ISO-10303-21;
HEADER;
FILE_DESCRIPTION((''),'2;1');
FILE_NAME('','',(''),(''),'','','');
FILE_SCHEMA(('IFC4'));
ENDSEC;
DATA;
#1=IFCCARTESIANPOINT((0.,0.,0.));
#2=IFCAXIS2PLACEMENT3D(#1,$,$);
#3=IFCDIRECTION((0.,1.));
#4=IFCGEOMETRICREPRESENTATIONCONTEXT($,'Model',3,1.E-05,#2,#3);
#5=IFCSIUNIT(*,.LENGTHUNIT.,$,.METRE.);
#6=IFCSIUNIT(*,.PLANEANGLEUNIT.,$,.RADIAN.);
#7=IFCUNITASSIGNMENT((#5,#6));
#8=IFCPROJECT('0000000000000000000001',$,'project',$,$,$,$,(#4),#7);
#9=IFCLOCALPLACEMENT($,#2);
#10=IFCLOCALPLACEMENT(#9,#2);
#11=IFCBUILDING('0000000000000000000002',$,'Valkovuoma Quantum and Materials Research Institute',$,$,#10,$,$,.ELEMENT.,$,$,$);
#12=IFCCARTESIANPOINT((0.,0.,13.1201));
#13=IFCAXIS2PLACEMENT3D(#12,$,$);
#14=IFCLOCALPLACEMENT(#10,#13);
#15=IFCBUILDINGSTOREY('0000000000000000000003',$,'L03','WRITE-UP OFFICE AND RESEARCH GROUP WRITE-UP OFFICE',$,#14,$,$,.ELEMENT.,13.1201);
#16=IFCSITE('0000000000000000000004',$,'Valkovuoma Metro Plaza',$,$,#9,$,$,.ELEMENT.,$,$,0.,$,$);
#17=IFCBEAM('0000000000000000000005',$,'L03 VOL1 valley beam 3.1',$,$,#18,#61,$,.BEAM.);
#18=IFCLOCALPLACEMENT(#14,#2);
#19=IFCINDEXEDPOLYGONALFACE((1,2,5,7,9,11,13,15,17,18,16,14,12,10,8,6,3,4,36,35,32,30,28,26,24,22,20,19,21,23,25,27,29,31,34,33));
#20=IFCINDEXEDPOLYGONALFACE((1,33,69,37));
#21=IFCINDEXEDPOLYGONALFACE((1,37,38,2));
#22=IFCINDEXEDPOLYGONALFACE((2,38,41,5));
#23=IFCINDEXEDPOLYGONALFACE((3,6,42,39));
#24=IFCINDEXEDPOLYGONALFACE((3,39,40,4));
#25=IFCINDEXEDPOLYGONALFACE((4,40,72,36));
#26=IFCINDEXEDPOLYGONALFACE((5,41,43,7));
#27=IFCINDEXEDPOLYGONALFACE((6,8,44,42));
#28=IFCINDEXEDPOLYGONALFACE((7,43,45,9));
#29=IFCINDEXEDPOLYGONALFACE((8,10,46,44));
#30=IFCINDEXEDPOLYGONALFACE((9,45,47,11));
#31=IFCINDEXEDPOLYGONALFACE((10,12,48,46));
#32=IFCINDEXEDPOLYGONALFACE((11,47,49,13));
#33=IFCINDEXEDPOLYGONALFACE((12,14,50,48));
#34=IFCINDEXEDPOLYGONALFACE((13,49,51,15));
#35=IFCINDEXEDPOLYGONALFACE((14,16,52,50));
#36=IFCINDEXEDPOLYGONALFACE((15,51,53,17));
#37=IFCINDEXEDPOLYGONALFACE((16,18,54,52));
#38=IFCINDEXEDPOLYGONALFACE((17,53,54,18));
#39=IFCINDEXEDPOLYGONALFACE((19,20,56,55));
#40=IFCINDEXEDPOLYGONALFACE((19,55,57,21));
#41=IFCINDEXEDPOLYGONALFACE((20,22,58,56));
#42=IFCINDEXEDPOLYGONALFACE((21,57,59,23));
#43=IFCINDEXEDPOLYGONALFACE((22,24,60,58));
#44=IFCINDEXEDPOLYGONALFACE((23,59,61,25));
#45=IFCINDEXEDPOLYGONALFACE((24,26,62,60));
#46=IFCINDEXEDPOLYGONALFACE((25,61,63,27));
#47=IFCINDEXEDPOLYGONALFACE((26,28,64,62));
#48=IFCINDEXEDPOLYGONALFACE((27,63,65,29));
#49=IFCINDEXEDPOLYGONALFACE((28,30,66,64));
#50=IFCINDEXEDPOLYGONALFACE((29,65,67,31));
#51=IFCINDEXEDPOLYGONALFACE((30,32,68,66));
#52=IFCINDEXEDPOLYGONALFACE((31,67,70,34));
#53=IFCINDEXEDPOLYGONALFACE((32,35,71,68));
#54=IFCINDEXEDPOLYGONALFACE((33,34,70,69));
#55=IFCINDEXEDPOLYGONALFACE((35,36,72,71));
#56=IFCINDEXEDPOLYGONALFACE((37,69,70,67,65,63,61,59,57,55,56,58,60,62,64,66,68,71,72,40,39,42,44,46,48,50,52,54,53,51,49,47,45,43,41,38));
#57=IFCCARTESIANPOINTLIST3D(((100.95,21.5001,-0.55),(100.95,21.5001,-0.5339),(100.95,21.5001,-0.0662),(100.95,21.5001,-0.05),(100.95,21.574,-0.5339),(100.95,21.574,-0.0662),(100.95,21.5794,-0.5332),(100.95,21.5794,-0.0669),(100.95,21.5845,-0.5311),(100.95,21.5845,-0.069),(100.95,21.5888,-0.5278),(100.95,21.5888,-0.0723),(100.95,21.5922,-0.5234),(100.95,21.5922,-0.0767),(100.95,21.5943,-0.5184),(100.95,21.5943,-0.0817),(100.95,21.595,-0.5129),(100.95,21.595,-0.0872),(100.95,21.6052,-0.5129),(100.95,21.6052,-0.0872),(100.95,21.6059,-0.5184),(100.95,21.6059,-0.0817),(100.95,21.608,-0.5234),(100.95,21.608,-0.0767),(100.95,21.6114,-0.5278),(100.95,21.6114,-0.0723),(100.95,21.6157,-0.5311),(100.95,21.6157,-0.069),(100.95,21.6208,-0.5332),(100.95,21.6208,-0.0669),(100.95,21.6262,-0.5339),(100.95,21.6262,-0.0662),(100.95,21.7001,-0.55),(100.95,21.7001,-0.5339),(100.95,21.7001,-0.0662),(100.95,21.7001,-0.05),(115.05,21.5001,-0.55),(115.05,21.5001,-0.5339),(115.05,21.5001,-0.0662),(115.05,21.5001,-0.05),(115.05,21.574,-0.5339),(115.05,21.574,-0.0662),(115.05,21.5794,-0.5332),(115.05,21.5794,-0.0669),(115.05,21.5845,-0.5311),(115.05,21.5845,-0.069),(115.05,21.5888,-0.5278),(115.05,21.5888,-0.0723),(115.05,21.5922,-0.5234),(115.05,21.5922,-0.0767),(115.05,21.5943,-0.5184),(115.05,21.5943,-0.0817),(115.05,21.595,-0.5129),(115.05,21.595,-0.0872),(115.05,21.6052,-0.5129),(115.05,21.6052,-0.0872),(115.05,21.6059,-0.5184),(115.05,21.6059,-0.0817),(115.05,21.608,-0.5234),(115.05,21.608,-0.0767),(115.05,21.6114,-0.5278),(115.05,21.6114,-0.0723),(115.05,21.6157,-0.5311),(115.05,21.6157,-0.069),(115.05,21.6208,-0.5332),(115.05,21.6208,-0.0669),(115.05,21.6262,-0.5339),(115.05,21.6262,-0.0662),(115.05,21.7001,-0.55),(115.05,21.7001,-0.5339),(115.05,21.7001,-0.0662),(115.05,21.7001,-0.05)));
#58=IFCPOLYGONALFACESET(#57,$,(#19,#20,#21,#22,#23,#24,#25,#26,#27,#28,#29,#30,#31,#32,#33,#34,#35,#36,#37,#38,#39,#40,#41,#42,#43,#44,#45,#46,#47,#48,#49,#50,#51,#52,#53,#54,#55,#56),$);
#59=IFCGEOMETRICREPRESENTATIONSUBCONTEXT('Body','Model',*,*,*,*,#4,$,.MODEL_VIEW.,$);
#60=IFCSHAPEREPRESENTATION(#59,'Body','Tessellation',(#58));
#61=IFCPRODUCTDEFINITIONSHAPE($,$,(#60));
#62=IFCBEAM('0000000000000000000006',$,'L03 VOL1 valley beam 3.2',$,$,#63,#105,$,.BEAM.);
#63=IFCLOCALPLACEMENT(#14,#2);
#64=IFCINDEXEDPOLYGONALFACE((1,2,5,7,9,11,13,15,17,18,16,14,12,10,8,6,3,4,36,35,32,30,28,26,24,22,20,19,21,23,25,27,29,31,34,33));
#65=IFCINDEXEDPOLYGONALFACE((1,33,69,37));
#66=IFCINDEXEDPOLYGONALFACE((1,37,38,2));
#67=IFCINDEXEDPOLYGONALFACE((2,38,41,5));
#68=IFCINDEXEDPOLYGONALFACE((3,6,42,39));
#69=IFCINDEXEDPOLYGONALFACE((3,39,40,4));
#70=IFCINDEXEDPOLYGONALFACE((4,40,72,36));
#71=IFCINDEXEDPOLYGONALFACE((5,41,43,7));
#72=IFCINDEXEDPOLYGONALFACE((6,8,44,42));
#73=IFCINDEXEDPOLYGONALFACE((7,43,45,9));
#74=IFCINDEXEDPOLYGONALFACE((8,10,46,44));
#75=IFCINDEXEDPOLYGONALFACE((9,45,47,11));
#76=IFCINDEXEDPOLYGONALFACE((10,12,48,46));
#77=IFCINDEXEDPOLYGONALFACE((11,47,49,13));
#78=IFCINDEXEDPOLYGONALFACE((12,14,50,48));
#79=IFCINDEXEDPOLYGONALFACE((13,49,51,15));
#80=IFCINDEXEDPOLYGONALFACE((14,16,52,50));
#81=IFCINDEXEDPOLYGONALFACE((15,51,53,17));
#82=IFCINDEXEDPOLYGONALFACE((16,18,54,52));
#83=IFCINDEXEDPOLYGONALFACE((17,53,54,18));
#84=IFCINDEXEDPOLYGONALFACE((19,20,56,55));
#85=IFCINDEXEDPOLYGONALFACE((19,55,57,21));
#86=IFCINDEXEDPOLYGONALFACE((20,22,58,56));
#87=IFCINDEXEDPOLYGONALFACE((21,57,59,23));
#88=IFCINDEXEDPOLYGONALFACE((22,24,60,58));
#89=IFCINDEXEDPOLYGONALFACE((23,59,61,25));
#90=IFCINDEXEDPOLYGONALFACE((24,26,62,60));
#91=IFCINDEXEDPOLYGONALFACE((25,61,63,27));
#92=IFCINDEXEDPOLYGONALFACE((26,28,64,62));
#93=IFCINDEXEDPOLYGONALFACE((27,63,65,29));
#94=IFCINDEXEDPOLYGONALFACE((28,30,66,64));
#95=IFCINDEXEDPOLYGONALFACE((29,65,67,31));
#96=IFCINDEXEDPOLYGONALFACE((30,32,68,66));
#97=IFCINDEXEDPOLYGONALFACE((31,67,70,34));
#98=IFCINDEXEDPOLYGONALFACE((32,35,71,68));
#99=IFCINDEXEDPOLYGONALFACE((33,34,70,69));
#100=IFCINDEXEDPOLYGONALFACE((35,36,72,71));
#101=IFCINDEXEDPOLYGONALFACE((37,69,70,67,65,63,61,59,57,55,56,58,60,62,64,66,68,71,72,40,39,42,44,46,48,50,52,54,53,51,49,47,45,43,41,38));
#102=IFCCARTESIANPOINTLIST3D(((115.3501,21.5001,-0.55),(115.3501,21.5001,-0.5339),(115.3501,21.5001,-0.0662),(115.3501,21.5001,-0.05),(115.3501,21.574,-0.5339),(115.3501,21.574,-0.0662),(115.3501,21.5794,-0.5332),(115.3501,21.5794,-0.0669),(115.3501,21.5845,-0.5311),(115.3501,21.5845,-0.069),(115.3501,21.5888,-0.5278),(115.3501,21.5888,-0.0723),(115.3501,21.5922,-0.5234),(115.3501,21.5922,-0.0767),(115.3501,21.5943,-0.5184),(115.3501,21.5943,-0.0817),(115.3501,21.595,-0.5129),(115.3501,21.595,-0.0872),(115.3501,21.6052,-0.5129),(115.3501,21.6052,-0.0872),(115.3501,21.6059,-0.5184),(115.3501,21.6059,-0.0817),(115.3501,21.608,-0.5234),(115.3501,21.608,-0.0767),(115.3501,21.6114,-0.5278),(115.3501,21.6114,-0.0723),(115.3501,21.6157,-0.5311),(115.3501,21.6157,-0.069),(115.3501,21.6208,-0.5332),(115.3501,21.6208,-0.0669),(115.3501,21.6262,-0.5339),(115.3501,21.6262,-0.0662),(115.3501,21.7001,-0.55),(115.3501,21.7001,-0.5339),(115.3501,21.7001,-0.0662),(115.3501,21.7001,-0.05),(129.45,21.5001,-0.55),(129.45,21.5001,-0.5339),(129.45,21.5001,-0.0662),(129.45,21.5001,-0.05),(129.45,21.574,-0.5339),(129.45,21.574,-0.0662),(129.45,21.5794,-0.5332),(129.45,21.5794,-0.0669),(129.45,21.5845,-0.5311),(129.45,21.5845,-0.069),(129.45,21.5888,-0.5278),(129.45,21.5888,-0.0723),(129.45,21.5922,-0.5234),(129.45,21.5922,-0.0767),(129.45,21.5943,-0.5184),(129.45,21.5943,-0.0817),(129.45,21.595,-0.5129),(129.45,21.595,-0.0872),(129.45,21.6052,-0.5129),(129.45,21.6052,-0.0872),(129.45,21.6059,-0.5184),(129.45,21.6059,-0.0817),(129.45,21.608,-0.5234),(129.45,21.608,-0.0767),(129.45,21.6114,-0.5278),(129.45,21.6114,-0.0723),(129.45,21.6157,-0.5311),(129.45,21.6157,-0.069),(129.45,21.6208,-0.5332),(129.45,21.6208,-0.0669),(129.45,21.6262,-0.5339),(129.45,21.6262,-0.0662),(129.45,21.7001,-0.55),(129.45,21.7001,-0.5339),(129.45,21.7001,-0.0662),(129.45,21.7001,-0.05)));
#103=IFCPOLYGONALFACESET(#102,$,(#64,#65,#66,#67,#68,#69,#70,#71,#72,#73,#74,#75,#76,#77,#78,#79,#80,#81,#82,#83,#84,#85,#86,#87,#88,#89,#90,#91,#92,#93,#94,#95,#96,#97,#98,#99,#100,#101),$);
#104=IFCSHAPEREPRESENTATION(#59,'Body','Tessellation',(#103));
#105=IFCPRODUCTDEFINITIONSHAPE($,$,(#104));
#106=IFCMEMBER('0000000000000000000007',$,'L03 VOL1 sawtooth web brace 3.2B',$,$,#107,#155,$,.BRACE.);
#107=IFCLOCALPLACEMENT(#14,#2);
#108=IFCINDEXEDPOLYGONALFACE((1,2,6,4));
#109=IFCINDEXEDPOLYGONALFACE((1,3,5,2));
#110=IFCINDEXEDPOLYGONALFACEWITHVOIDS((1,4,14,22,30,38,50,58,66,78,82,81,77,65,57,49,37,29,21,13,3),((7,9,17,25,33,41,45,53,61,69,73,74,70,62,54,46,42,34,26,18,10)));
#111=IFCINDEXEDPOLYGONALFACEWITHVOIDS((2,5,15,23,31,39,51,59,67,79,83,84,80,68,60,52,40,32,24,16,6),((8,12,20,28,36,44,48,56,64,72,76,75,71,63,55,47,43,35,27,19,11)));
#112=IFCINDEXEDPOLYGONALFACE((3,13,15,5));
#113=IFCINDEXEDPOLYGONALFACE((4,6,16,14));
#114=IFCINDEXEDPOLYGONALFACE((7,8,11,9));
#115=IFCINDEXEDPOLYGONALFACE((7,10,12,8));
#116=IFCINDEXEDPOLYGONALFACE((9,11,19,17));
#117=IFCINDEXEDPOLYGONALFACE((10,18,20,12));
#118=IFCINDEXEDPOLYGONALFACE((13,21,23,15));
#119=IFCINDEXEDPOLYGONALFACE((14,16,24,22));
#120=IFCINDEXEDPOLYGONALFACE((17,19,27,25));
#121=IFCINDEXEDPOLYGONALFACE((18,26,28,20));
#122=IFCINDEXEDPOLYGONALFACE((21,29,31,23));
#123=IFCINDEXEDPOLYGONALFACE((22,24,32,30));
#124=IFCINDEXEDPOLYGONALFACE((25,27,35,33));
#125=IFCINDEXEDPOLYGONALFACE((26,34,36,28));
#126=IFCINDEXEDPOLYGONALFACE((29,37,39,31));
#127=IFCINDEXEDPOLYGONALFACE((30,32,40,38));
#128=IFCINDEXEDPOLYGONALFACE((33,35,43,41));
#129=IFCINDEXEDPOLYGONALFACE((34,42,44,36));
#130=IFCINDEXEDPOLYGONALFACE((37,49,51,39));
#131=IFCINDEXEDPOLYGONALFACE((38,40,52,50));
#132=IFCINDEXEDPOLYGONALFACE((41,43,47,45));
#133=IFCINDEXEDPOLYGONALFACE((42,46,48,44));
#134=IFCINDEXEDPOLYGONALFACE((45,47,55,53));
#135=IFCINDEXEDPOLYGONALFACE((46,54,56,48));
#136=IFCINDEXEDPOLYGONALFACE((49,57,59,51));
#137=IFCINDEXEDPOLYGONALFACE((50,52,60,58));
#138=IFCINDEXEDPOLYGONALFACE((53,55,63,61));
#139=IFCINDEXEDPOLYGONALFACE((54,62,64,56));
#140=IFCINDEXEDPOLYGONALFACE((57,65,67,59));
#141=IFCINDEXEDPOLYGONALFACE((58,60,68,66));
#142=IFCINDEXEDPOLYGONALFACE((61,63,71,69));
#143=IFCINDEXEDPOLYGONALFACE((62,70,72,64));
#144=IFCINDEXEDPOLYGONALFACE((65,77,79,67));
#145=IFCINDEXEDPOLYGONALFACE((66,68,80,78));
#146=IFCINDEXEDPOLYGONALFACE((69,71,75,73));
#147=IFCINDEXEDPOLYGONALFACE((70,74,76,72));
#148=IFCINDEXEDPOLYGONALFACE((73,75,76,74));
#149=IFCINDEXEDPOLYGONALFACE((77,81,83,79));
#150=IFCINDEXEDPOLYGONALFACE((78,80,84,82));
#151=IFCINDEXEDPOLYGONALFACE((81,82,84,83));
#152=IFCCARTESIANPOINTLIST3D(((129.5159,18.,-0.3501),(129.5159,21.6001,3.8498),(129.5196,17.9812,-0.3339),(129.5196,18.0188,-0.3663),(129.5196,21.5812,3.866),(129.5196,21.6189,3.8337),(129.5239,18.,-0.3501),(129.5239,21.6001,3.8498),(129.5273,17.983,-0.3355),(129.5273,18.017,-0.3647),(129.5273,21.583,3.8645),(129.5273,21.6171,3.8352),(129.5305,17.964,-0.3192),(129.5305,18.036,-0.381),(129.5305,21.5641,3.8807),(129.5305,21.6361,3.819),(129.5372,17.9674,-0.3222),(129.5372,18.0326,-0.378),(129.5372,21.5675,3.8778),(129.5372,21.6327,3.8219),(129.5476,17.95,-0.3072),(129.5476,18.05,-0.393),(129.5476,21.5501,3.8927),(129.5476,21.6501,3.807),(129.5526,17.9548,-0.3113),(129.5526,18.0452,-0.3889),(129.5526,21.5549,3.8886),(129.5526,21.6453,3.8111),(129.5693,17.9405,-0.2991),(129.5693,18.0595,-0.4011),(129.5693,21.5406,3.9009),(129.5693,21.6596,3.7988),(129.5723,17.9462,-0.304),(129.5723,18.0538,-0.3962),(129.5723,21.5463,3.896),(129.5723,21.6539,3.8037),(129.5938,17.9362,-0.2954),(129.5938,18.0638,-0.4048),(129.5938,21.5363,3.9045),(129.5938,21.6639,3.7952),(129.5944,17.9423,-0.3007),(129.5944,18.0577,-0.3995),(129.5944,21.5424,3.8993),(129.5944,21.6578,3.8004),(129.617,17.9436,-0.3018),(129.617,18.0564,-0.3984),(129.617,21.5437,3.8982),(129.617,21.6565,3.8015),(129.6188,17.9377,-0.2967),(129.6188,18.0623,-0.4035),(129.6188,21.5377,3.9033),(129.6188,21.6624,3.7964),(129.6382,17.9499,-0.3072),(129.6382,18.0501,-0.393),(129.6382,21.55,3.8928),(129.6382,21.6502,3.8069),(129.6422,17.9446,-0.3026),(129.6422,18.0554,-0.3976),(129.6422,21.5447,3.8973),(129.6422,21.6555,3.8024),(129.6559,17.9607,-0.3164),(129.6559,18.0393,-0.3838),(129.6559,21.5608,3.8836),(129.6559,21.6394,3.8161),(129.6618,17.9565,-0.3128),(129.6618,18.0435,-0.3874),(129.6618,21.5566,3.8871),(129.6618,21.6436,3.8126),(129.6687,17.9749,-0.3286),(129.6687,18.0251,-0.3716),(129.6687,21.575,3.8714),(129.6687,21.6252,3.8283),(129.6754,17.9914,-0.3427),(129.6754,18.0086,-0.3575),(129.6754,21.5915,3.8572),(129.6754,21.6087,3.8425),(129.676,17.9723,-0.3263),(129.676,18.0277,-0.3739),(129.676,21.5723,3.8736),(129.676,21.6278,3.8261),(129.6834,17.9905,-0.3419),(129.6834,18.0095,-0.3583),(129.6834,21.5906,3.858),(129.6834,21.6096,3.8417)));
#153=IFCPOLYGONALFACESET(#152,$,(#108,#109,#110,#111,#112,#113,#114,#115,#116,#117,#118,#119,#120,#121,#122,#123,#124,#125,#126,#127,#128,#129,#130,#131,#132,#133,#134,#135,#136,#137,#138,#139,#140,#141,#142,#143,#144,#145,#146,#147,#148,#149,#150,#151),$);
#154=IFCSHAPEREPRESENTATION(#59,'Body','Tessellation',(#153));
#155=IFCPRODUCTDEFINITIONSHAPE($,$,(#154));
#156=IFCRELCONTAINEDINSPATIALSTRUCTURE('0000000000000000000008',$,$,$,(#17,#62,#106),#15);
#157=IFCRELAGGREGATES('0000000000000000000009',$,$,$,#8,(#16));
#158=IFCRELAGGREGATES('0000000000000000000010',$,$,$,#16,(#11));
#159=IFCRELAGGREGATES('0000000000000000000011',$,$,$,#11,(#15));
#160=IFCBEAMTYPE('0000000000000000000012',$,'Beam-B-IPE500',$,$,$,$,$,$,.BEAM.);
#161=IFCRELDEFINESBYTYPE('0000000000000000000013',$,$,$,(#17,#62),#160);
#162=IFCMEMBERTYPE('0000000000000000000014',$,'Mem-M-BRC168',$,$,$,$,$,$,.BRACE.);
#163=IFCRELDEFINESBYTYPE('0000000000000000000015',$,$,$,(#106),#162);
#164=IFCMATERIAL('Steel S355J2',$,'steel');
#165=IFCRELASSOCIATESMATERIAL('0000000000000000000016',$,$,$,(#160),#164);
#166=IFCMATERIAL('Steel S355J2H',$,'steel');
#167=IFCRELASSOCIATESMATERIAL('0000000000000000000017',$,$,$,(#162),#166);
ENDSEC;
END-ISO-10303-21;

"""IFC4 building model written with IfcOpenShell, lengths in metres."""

from ifc_helpers import new_model, si_unit, direction, frame, origin, origin_2d, place, context, subcontext, project, spatial, hollow_circle, i_section, extrude, material, material_profile, profile_set, type_object, element, save


model = new_model("IFC4")

# Units and contexts
model_context = context("Model", 3, precision=1e-05, world=origin(), true_north=direction((0.0, 1.0)))
body_context = subcontext(model_context, "Body", "Model", "MODEL_VIEW")
ifc_project = project(units=[si_unit("LENGTHUNIT", "METRE"), si_unit("PLANEANGLEUNIT", "RADIAN")], contexts=[model_context])

# Site, building, storey
site_placement = place(None, origin())
site = spatial("IfcSite", under=ifc_project, at=site_placement, Name="Valkovuoma Metro Plaza", CompositionType="ELEMENT", RefElevation=0.0)
building_placement = place(site_placement, origin())
building = spatial("IfcBuilding", under=site, at=building_placement, Name="Valkovuoma Quantum and Materials Research Institute", CompositionType="ELEMENT")
storey_placement = place(building_placement, frame((0.0, 0.0, 13.1201)))
storey = spatial("IfcBuildingStorey", under=building, at=storey_placement, Name="L03", Description="WRITE-UP OFFICE AND RESEARCH GROUP WRITE-UP OFFICE", CompositionType="ELEMENT", Elevation=13.1201)

# Beams
ifc_material_1 = material(Name="Steel S355J2", Category="steel")
ifc_material_profile_1 = material_profile(ifc_material_1, i_section(OverallWidth=0.2, OverallDepth=0.5, WebThickness=0.0103, FlangeThickness=0.0161, FilletRadius=0.021, at=origin_2d()), Name="Steel S355J2")
ifc_profile_set_1 = profile_set([ifc_material_profile_1], Name="Steel S355J2")
beam_type = type_object("IfcBeamType", Name="Beam-B-IPE500", PredefinedType="BEAM", material=ifc_profile_set_1)
beam_1_placement = place(storey_placement, frame((100.95, 21.6001, -0.3), z_axis=(1.0, 0.0, 0.0), x_axis=(0.0, 1.0, 0.0)))
element("IfcBeam", 1, at=beam_1_placement, inside=storey, type_object=beam_type, Name="L03 VOL1 valley beam 3.1", PredefinedType="BEAM", context=body_context, shape_type="SweptSolid", body=[
    extrude(i_section(OverallWidth=0.2, OverallDepth=0.5, WebThickness=0.0103, FlangeThickness=0.0161, FilletRadius=0.021, at=origin_2d()), origin(), (0.0, 0.0, 1.0), 14.1001),
])
beam_2_placement = place(storey_placement, frame((115.3501, 21.6001, -0.3), z_axis=(1.0, 0.0, 0.0), x_axis=(0.0, 1.0, 0.0)))
element("IfcBeam", 2, at=beam_2_placement, inside=storey, type_object=beam_type, Name="L03 VOL1 valley beam 3.2", PredefinedType="BEAM", context=body_context, shape_type="SweptSolid", body=[
    extrude(i_section(OverallWidth=0.2, OverallDepth=0.5, WebThickness=0.0103, FlangeThickness=0.0161, FilletRadius=0.021, at=origin_2d()), origin(), (0.0, 0.0, 1.0), 14.0999),
])

# Member
ifc_material_2 = material(Name="Steel S355J2H", Category="steel")
ifc_material_profile_2 = material_profile(ifc_material_2, hollow_circle(Radius=0.0842, WallThickness=0.0081, at=origin_2d()), Name="Steel S355J2H")
ifc_profile_set_2 = profile_set([ifc_material_profile_2], Name="Steel S355J2H")
member_type_1 = type_object("IfcMemberType", Name="Mem-M-BRC168", PredefinedType="BRACE", material=ifc_profile_set_2)
member_1_placement = place(storey_placement, frame((129.6001, 18.0, -0.3501), z_axis=(0.0, 0.650806, 0.759244), x_axis=(-1.0, 0.0, 0.0)))
element("IfcMember", 3, at=member_1_placement, inside=storey, type_object=member_type_1, Name="L03 VOL1 sawtooth web brace 3.2B", PredefinedType="BRACE", context=body_context, shape_type="SweptSolid", body=[
    extrude(hollow_circle(Radius=0.0842, WallThickness=0.0081, at=origin_2d()), origin(), (0.0, 0.0, 1.0), 5.5317),
])

save(model, "model.ifc")
